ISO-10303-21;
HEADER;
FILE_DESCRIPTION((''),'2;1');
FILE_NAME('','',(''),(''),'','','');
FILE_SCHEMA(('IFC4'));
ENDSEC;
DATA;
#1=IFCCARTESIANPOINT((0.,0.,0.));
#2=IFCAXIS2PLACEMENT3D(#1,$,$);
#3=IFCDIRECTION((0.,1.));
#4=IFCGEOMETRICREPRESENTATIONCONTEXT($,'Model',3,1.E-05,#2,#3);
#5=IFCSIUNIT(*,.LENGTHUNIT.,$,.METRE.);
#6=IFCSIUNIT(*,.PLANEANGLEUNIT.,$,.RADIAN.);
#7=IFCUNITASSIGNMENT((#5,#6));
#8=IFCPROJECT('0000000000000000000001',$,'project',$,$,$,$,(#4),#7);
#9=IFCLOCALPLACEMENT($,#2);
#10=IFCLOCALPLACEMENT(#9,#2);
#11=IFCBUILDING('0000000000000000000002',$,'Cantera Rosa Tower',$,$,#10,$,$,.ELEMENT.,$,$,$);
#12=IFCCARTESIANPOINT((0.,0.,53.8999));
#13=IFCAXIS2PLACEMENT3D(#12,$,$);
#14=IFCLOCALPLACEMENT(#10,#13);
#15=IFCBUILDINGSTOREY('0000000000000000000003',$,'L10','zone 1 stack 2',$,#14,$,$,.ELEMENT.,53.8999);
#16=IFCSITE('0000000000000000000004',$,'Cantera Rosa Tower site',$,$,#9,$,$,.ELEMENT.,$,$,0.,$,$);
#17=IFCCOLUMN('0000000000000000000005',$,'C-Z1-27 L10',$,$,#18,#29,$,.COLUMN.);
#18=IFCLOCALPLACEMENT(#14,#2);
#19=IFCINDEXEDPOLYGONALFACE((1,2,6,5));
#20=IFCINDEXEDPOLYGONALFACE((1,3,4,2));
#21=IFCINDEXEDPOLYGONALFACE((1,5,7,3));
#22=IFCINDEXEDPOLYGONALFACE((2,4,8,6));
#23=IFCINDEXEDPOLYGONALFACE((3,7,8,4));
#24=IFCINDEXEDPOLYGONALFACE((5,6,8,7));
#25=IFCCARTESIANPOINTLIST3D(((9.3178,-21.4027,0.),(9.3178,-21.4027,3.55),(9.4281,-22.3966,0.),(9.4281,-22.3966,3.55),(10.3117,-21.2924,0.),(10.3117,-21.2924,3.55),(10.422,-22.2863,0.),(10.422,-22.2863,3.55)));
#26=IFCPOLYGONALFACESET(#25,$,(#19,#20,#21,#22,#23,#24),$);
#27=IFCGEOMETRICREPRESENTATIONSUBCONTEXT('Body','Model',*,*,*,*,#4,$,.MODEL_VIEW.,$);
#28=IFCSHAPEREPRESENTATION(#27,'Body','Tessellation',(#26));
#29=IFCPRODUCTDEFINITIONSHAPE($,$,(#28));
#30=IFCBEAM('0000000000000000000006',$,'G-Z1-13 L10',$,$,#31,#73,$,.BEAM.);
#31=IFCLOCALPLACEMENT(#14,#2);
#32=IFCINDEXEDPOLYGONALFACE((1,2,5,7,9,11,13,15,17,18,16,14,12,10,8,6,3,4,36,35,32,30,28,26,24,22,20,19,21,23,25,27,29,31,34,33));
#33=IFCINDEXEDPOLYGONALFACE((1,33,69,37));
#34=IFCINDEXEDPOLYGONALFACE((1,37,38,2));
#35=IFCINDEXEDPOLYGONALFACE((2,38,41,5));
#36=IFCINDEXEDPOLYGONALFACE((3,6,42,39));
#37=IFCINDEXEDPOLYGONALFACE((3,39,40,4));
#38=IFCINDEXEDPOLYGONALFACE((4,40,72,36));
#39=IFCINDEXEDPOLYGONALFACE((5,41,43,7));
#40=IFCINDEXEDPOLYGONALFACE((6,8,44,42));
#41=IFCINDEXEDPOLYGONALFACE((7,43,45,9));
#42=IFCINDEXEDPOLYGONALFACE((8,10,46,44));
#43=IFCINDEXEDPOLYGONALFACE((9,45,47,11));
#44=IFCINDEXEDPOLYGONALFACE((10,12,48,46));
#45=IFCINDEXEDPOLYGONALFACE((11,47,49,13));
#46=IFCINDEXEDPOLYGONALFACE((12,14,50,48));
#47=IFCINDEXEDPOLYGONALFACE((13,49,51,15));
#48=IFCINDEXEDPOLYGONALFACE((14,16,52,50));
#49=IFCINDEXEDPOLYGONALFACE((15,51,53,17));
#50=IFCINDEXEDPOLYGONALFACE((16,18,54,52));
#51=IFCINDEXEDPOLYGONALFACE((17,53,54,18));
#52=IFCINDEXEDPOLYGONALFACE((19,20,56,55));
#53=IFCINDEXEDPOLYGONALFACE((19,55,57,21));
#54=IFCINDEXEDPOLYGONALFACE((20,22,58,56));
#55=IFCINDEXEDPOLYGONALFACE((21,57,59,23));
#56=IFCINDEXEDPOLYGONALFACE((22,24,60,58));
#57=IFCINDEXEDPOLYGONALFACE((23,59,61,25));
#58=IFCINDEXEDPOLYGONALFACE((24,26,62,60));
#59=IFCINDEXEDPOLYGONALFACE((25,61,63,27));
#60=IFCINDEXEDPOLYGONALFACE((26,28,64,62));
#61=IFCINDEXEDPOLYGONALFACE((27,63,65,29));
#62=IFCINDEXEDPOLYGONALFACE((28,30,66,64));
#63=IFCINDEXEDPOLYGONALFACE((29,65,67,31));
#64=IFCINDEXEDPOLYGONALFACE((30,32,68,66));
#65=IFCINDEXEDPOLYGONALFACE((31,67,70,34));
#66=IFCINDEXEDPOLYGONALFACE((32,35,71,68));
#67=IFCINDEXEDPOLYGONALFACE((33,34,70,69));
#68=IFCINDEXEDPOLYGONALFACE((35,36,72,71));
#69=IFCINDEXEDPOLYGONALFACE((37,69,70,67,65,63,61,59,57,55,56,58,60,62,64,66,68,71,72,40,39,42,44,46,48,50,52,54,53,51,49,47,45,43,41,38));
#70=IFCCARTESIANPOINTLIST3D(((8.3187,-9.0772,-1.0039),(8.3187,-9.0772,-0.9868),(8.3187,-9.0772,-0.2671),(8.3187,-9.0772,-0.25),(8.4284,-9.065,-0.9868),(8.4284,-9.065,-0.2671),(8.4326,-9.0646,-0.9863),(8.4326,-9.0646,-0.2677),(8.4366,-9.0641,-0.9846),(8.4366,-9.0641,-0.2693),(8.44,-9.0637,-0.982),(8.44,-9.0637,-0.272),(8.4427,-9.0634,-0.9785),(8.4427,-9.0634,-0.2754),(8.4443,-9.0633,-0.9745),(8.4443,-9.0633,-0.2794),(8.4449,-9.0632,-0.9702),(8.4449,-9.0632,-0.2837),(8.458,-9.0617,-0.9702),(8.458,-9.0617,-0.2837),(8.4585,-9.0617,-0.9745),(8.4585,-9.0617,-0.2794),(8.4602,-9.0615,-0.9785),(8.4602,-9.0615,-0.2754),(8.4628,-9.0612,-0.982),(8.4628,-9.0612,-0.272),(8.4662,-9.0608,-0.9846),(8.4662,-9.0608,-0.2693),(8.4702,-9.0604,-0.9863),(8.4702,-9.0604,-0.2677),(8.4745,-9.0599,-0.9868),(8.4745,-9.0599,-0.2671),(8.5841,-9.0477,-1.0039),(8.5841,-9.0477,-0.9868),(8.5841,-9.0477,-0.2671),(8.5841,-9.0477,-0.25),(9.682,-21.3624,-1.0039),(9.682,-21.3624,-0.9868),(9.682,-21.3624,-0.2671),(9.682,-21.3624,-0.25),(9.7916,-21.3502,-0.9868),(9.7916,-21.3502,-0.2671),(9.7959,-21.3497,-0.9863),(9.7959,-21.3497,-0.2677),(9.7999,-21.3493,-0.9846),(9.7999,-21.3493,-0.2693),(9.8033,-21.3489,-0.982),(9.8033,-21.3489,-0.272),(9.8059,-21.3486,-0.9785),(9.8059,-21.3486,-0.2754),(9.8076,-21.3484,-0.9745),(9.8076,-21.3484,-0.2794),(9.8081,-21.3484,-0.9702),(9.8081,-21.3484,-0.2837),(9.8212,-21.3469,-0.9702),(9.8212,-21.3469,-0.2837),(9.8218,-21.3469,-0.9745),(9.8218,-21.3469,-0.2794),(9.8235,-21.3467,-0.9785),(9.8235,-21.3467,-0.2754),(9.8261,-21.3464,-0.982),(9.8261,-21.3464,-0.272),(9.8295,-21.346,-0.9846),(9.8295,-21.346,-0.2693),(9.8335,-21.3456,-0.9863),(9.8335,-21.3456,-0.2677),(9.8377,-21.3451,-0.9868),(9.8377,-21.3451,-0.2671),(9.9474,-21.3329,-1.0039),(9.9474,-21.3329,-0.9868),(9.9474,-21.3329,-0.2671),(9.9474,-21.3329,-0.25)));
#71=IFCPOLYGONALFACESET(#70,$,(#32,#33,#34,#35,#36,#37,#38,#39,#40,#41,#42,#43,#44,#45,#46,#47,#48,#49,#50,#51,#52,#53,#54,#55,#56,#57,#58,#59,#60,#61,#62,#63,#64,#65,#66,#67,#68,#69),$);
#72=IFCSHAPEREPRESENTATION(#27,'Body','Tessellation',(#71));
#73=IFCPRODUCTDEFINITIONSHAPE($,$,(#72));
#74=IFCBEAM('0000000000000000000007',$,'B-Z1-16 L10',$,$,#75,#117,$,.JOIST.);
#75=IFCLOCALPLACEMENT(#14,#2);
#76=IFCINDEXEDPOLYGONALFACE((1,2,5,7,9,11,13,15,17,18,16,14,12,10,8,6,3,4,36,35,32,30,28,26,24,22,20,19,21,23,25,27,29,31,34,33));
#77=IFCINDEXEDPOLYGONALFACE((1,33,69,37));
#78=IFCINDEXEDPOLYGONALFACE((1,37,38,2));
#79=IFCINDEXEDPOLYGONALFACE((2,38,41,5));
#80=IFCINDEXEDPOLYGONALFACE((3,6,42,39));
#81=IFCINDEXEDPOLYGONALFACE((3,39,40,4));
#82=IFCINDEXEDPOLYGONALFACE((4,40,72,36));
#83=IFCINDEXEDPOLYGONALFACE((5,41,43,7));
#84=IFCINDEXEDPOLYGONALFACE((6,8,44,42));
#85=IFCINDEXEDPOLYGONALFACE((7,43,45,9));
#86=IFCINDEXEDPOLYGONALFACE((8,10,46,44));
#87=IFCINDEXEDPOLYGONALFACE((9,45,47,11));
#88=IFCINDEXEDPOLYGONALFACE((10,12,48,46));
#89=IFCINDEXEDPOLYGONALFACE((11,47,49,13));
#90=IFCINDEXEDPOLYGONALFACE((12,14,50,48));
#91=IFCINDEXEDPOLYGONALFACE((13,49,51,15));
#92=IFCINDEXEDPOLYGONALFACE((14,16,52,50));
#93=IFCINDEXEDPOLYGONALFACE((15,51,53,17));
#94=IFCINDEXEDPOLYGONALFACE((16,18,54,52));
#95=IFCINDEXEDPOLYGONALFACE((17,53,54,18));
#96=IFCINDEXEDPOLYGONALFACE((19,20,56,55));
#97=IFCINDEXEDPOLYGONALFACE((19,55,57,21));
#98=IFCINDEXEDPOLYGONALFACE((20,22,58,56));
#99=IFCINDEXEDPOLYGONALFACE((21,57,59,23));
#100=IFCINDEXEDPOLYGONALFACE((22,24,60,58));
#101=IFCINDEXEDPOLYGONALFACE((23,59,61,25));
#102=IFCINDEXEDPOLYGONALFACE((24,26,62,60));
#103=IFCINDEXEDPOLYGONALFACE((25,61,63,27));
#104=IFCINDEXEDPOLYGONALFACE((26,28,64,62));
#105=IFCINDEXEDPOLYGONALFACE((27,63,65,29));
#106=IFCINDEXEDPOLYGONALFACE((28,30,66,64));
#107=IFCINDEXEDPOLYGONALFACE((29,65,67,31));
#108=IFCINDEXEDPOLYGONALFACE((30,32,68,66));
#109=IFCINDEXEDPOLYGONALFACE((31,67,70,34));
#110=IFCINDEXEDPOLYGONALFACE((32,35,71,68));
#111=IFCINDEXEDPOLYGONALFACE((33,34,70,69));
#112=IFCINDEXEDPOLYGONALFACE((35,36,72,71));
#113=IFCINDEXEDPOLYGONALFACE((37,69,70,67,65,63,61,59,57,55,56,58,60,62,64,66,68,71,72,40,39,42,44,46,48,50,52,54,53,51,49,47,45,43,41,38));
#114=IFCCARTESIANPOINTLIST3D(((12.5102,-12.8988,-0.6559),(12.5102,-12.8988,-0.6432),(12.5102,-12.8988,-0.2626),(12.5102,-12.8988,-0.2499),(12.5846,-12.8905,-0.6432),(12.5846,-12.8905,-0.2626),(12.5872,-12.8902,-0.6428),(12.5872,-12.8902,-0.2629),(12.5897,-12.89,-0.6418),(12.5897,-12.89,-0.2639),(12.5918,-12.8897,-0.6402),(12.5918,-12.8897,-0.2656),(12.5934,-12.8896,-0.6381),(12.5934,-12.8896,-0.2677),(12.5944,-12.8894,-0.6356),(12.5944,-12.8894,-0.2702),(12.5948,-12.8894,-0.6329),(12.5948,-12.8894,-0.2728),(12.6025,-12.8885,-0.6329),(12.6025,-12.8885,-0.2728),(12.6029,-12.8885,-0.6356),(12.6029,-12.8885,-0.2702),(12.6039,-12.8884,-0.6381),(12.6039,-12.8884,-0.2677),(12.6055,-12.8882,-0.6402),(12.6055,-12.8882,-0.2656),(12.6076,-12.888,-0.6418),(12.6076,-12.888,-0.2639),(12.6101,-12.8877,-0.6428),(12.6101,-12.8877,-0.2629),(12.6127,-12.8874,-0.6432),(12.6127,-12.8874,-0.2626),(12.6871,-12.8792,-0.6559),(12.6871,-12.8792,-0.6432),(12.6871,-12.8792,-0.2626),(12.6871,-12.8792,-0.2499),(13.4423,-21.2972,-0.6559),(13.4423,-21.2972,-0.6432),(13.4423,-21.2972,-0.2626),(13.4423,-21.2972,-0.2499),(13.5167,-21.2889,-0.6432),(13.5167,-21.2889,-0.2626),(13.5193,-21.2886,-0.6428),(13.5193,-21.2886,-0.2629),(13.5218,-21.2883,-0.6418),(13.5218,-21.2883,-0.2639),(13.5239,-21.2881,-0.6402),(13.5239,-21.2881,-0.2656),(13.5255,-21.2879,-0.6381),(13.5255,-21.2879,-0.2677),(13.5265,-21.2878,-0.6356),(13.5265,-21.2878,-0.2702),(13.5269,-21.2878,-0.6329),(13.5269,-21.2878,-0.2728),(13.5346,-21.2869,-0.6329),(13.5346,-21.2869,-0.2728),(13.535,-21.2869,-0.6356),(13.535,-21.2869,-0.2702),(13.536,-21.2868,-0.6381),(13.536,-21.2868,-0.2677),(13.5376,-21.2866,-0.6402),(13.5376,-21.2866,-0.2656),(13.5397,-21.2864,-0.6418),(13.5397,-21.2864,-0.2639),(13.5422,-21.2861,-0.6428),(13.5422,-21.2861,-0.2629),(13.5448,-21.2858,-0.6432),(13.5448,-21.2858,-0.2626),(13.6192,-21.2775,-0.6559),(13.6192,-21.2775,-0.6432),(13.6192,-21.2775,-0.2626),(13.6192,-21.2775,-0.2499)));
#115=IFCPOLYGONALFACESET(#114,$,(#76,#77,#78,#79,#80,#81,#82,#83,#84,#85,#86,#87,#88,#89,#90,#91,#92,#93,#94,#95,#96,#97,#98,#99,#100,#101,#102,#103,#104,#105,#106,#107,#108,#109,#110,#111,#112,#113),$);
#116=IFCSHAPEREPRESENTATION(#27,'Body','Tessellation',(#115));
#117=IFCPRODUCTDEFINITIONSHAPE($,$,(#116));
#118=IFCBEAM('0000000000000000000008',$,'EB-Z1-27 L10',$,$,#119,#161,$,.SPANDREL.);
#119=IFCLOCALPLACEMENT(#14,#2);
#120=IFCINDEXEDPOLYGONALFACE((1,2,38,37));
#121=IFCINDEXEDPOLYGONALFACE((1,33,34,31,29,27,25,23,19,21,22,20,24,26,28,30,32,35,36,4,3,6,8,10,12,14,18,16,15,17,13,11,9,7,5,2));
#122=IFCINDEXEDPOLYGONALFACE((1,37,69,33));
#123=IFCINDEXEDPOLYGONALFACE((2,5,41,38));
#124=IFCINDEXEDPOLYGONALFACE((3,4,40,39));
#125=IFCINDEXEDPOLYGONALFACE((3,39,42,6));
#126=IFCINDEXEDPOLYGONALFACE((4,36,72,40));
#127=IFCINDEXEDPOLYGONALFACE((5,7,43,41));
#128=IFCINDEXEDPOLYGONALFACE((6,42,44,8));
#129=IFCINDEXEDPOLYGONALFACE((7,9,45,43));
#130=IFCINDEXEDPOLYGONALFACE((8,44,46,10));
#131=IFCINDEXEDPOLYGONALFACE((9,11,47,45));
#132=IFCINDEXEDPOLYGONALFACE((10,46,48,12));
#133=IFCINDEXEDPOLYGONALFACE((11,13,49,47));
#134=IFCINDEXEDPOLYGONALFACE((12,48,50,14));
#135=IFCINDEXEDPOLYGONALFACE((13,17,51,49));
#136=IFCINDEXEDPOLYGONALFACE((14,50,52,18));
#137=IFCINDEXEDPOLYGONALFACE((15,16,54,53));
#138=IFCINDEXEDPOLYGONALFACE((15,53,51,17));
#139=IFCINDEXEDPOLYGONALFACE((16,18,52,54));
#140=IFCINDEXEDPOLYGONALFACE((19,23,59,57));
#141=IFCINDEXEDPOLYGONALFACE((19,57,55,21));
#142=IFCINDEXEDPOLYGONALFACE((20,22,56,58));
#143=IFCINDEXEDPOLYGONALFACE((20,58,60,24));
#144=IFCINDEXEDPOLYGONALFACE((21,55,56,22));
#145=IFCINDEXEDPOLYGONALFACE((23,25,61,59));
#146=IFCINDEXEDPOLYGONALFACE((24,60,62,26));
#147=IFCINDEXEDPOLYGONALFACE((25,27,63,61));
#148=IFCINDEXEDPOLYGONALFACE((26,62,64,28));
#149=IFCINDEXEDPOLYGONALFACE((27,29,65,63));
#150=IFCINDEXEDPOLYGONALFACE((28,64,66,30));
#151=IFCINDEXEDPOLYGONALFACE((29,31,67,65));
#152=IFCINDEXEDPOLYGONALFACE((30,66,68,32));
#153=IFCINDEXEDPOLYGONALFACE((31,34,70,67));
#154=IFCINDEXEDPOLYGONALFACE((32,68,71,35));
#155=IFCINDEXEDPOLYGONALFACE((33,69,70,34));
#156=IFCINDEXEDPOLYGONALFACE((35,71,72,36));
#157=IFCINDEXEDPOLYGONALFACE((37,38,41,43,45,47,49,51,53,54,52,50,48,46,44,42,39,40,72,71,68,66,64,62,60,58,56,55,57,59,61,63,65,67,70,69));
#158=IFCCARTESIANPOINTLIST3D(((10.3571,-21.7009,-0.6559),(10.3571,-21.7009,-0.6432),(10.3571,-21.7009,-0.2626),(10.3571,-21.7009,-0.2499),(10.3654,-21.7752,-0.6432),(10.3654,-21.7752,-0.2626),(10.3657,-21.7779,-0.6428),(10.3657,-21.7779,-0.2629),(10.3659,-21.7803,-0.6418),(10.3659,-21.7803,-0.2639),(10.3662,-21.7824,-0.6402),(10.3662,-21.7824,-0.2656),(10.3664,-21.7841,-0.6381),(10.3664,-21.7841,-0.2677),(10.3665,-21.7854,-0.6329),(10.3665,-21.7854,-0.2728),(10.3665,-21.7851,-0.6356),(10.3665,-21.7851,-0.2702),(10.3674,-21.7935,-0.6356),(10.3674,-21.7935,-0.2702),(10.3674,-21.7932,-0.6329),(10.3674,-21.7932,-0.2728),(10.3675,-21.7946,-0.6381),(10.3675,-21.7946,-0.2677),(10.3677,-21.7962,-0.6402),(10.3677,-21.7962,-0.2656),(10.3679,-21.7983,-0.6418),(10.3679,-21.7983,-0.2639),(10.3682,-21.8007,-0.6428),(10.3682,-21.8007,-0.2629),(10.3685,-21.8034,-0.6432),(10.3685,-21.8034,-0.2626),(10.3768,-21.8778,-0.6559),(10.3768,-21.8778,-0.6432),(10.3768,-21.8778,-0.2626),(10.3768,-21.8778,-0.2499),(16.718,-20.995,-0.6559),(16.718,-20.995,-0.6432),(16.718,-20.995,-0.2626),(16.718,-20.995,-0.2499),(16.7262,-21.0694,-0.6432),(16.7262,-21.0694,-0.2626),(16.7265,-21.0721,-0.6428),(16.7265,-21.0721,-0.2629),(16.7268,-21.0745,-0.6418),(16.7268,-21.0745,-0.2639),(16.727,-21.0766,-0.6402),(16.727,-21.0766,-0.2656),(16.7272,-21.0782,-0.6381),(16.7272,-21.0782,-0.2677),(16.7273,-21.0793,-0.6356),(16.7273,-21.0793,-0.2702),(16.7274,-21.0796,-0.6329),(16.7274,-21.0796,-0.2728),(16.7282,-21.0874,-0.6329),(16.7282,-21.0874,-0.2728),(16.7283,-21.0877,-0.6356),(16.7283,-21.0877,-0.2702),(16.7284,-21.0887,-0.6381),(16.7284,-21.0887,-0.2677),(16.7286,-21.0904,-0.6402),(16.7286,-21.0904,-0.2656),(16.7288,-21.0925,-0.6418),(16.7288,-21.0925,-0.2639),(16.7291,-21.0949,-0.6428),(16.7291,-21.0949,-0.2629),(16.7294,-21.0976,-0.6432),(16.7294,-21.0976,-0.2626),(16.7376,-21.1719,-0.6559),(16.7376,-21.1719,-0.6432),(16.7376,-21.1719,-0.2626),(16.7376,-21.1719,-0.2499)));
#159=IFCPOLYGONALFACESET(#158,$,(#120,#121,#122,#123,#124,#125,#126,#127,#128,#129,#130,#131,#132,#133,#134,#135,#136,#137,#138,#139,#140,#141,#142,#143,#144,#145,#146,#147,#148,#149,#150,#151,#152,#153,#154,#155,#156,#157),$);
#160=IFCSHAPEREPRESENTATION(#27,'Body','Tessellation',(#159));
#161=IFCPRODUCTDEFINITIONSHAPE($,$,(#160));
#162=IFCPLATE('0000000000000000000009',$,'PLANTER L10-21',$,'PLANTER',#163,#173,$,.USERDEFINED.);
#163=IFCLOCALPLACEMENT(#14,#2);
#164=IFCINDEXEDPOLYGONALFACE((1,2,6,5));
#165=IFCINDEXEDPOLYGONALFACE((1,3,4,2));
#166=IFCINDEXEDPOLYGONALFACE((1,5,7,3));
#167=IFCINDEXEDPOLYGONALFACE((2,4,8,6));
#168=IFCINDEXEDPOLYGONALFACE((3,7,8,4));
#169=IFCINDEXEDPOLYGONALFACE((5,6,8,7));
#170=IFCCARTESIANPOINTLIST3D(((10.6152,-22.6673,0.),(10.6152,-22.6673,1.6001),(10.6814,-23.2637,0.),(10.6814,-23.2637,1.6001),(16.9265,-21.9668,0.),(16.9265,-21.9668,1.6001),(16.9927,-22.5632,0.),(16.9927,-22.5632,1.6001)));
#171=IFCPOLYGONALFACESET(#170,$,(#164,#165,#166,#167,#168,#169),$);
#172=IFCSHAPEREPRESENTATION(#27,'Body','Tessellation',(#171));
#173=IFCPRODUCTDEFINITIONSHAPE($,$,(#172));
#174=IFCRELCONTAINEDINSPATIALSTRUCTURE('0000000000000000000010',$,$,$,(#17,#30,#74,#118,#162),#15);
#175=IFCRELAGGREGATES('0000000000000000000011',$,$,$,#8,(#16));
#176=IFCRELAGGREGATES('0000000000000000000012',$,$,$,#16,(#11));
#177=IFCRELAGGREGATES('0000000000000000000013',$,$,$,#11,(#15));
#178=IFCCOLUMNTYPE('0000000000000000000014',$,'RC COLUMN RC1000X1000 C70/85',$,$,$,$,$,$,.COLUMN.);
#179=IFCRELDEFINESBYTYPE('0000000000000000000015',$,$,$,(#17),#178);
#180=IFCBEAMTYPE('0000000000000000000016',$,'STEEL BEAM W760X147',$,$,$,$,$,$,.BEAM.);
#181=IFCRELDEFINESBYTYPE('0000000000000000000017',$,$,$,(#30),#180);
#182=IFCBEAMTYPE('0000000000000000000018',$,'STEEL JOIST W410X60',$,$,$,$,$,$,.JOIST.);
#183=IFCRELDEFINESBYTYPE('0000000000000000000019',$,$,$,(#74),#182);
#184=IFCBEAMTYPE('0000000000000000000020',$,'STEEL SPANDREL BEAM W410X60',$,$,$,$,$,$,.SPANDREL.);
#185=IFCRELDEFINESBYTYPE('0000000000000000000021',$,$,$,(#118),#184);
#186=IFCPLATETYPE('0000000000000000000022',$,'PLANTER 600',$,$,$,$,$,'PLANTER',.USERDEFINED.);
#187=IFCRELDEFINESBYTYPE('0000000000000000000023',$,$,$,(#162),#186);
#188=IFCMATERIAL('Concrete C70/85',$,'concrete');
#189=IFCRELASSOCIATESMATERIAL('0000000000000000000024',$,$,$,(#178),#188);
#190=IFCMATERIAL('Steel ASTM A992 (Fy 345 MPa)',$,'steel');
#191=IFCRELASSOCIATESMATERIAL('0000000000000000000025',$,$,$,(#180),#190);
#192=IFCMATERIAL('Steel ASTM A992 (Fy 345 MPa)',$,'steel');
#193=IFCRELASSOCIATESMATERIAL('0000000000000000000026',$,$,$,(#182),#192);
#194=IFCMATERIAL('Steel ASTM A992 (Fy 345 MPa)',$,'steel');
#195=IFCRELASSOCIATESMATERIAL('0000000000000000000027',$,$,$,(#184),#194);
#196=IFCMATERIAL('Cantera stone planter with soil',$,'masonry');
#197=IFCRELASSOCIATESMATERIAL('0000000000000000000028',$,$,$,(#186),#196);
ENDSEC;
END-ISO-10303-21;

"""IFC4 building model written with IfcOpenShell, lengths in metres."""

from ifc_helpers import new_model, si_unit, direction, frame, origin, origin_2d, place, context, subcontext, project, spatial, rectangle, i_section, extrude, material, material_profile, profile_set, type_object, element, save


model = new_model("IFC4")

# Units and contexts
model_context = context("Model", 3, precision=1e-05, world=origin(), true_north=direction((0.0, 1.0)))
body_context = subcontext(model_context, "Body", "Model", "MODEL_VIEW")
ifc_project = project(units=[si_unit("LENGTHUNIT", "METRE"), si_unit("PLANEANGLEUNIT", "RADIAN")], contexts=[model_context])

# Site, building, storey
site_placement = place(None, origin())
site = spatial("IfcSite", under=ifc_project, at=site_placement, Name="Cantera Rosa Tower site", CompositionType="ELEMENT", RefElevation=0.0)
building_placement = place(site_placement, origin())
building = spatial("IfcBuilding", under=site, at=building_placement, Name="Cantera Rosa Tower", CompositionType="ELEMENT")
storey_placement = place(building_placement, frame((0.0, 0.0, 53.8999)))
storey = spatial("IfcBuildingStorey", under=building, at=storey_placement, Name="L10", Description="zone 1 stack 2", CompositionType="ELEMENT", Elevation=53.8999)

# Column
ifc_material_1 = material(Name="Concrete C70/85", Category="concrete")
ifc_material_profile_1 = material_profile(ifc_material_1, rectangle(XDim=1.0, YDim=1.0, at=origin_2d()), Name="RC COLUMN RC1000X1000 C70/85")
ifc_profile_set_1 = profile_set([ifc_material_profile_1], Name="Concrete C70/85")
column_type = type_object("IfcColumnType", Name="RC COLUMN RC1000X1000 C70/85", PredefinedType="COLUMN", material=ifc_profile_set_1)
column_placement = place(storey_placement, frame((9.8699, -21.8445, 0.0), z_axis=(0.0, 0.0, 1.0), x_axis=(0.993897, 0.110313, 0.0)))
element("IfcColumn", 1, at=column_placement, inside=storey, type_object=column_type, Name="C-Z1-27 L10", PredefinedType="COLUMN", context=body_context, shape_type="SweptSolid", body=[
    extrude(rectangle(XDim=1.0, YDim=1.0, at=origin_2d()), origin(), (0.0, 0.0, 1.0), 3.55),
])

# Beams
ifc_material_2 = material(Name="Steel ASTM A992 (Fy 345 MPa)", Category="steel")
ifc_material_profile_2 = material_profile(ifc_material_2, i_section(OverallWidth=0.2671, OverallDepth=0.7539, WebThickness=0.0132, FlangeThickness=0.0171, FilletRadius=0.0166, at=origin_2d()), Name="W760X147")
ifc_profile_set_2 = profile_set([ifc_material_profile_2], Name="Steel ASTM A992 (Fy 345 MPa)")
beam_type_1 = type_object("IfcBeamType", Name="STEEL BEAM W760X147", PredefinedType="BEAM", material=ifc_profile_set_2)
beam_1_placement = place(storey_placement, frame((9.8147, -21.3477, -0.627), z_axis=(-0.110293, 0.993899, 0.0), x_axis=(-0.993899, -0.110293, 0.0)))
element("IfcBeam", 2, at=beam_1_placement, inside=storey, type_object=beam_type_1, Name="G-Z1-13 L10", PredefinedType="BEAM", context=body_context, shape_type="SweptSolid", body=[
    extrude(i_section(OverallWidth=0.2671, OverallDepth=0.7539, WebThickness=0.0132, FlangeThickness=0.0171, FilletRadius=0.0166, at=origin_2d()), origin(), (0.0, 0.0, 1.0), 12.3606),
])
ifc_material_3 = material(Name="Steel ASTM A992 (Fy 345 MPa)", Category="steel")
ifc_material_profile_3 = material_profile(ifc_material_3, i_section(OverallWidth=0.178, OverallDepth=0.406, WebThickness=0.0078, FlangeThickness=0.0127, FilletRadius=0.0103, at=origin_2d()), Name="W410X60")
ifc_profile_set_3 = profile_set([ifc_material_profile_3], Name="Steel ASTM A992 (Fy 345 MPa)")
beam_type_2 = type_object("IfcBeamType", Name="STEEL JOIST W410X60", PredefinedType="JOIST", material=ifc_profile_set_3)
beam_2_placement = place(storey_placement, frame((13.5308, -21.2874, -0.4529), z_axis=(-0.110311, 0.993897, 0.0), x_axis=(-0.993897, -0.110311, 0.0)))
element("IfcBeam", 3, at=beam_2_placement, inside=storey, type_object=beam_type_2, Name="B-Z1-16 L10", PredefinedType="JOIST", context=body_context, shape_type="SweptSolid", body=[
    extrude(i_section(OverallWidth=0.178, OverallDepth=0.406, WebThickness=0.0078, FlangeThickness=0.0127, FilletRadius=0.0103, at=origin_2d()), origin(), (0.0, 0.0, 1.0), 8.45),
])
ifc_material_4 = material(Name="Steel ASTM A992 (Fy 345 MPa)", Category="steel")
ifc_material_profile_4 = material_profile(ifc_material_4, i_section(OverallWidth=0.178, OverallDepth=0.406, WebThickness=0.0078, FlangeThickness=0.0127, FilletRadius=0.0103, at=origin_2d()), Name="W410X60")
ifc_profile_set_4 = profile_set([ifc_material_profile_4], Name="Steel ASTM A992 (Fy 345 MPa)")
beam_type_3 = type_object("IfcBeamType", Name="STEEL SPANDREL BEAM W410X60", PredefinedType="SPANDREL", material=ifc_profile_set_4)
beam_3_placement = place(storey_placement, frame((10.3669, -21.7893, -0.4529), z_axis=(0.9939, 0.110285, 0.0), x_axis=(-0.110285, 0.9939, 0.0)))
element("IfcBeam", 4, at=beam_3_placement, inside=storey, type_object=beam_type_3, Name="EB-Z1-27 L10", PredefinedType="SPANDREL", context=body_context, shape_type="SweptSolid", body=[
    extrude(i_section(OverallWidth=0.178, OverallDepth=0.406, WebThickness=0.0078, FlangeThickness=0.0127, FilletRadius=0.0103, at=origin_2d()), origin(), (0.0, 0.0, 1.0), 6.3999),
])

# Plate
ifc_material_5 = material(Name="Cantera stone planter with soil", Category="masonry")
plate_type = type_object("IfcPlateType", Name="PLANTER 600", ElementType="PLANTER", PredefinedType="USERDEFINED", material=ifc_material_5)
plate_placement = place(storey_placement, frame((13.804, -22.6152, 0.0), z_axis=(0.0, 0.0, 1.0), x_axis=(0.993897, 0.110313, 0.0)))
element("IfcPlate", 5, at=plate_placement, inside=storey, type_object=plate_type, Name="PLANTER L10-21", ObjectType="PLANTER", PredefinedType="USERDEFINED", context=body_context, shape_type="SweptSolid", body=[
    extrude(rectangle(XDim=6.3501, YDim=0.6001, at=origin_2d()), origin(), (0.0, 0.0, 1.0), 1.6001),
])

save(model, "model.ifc")
